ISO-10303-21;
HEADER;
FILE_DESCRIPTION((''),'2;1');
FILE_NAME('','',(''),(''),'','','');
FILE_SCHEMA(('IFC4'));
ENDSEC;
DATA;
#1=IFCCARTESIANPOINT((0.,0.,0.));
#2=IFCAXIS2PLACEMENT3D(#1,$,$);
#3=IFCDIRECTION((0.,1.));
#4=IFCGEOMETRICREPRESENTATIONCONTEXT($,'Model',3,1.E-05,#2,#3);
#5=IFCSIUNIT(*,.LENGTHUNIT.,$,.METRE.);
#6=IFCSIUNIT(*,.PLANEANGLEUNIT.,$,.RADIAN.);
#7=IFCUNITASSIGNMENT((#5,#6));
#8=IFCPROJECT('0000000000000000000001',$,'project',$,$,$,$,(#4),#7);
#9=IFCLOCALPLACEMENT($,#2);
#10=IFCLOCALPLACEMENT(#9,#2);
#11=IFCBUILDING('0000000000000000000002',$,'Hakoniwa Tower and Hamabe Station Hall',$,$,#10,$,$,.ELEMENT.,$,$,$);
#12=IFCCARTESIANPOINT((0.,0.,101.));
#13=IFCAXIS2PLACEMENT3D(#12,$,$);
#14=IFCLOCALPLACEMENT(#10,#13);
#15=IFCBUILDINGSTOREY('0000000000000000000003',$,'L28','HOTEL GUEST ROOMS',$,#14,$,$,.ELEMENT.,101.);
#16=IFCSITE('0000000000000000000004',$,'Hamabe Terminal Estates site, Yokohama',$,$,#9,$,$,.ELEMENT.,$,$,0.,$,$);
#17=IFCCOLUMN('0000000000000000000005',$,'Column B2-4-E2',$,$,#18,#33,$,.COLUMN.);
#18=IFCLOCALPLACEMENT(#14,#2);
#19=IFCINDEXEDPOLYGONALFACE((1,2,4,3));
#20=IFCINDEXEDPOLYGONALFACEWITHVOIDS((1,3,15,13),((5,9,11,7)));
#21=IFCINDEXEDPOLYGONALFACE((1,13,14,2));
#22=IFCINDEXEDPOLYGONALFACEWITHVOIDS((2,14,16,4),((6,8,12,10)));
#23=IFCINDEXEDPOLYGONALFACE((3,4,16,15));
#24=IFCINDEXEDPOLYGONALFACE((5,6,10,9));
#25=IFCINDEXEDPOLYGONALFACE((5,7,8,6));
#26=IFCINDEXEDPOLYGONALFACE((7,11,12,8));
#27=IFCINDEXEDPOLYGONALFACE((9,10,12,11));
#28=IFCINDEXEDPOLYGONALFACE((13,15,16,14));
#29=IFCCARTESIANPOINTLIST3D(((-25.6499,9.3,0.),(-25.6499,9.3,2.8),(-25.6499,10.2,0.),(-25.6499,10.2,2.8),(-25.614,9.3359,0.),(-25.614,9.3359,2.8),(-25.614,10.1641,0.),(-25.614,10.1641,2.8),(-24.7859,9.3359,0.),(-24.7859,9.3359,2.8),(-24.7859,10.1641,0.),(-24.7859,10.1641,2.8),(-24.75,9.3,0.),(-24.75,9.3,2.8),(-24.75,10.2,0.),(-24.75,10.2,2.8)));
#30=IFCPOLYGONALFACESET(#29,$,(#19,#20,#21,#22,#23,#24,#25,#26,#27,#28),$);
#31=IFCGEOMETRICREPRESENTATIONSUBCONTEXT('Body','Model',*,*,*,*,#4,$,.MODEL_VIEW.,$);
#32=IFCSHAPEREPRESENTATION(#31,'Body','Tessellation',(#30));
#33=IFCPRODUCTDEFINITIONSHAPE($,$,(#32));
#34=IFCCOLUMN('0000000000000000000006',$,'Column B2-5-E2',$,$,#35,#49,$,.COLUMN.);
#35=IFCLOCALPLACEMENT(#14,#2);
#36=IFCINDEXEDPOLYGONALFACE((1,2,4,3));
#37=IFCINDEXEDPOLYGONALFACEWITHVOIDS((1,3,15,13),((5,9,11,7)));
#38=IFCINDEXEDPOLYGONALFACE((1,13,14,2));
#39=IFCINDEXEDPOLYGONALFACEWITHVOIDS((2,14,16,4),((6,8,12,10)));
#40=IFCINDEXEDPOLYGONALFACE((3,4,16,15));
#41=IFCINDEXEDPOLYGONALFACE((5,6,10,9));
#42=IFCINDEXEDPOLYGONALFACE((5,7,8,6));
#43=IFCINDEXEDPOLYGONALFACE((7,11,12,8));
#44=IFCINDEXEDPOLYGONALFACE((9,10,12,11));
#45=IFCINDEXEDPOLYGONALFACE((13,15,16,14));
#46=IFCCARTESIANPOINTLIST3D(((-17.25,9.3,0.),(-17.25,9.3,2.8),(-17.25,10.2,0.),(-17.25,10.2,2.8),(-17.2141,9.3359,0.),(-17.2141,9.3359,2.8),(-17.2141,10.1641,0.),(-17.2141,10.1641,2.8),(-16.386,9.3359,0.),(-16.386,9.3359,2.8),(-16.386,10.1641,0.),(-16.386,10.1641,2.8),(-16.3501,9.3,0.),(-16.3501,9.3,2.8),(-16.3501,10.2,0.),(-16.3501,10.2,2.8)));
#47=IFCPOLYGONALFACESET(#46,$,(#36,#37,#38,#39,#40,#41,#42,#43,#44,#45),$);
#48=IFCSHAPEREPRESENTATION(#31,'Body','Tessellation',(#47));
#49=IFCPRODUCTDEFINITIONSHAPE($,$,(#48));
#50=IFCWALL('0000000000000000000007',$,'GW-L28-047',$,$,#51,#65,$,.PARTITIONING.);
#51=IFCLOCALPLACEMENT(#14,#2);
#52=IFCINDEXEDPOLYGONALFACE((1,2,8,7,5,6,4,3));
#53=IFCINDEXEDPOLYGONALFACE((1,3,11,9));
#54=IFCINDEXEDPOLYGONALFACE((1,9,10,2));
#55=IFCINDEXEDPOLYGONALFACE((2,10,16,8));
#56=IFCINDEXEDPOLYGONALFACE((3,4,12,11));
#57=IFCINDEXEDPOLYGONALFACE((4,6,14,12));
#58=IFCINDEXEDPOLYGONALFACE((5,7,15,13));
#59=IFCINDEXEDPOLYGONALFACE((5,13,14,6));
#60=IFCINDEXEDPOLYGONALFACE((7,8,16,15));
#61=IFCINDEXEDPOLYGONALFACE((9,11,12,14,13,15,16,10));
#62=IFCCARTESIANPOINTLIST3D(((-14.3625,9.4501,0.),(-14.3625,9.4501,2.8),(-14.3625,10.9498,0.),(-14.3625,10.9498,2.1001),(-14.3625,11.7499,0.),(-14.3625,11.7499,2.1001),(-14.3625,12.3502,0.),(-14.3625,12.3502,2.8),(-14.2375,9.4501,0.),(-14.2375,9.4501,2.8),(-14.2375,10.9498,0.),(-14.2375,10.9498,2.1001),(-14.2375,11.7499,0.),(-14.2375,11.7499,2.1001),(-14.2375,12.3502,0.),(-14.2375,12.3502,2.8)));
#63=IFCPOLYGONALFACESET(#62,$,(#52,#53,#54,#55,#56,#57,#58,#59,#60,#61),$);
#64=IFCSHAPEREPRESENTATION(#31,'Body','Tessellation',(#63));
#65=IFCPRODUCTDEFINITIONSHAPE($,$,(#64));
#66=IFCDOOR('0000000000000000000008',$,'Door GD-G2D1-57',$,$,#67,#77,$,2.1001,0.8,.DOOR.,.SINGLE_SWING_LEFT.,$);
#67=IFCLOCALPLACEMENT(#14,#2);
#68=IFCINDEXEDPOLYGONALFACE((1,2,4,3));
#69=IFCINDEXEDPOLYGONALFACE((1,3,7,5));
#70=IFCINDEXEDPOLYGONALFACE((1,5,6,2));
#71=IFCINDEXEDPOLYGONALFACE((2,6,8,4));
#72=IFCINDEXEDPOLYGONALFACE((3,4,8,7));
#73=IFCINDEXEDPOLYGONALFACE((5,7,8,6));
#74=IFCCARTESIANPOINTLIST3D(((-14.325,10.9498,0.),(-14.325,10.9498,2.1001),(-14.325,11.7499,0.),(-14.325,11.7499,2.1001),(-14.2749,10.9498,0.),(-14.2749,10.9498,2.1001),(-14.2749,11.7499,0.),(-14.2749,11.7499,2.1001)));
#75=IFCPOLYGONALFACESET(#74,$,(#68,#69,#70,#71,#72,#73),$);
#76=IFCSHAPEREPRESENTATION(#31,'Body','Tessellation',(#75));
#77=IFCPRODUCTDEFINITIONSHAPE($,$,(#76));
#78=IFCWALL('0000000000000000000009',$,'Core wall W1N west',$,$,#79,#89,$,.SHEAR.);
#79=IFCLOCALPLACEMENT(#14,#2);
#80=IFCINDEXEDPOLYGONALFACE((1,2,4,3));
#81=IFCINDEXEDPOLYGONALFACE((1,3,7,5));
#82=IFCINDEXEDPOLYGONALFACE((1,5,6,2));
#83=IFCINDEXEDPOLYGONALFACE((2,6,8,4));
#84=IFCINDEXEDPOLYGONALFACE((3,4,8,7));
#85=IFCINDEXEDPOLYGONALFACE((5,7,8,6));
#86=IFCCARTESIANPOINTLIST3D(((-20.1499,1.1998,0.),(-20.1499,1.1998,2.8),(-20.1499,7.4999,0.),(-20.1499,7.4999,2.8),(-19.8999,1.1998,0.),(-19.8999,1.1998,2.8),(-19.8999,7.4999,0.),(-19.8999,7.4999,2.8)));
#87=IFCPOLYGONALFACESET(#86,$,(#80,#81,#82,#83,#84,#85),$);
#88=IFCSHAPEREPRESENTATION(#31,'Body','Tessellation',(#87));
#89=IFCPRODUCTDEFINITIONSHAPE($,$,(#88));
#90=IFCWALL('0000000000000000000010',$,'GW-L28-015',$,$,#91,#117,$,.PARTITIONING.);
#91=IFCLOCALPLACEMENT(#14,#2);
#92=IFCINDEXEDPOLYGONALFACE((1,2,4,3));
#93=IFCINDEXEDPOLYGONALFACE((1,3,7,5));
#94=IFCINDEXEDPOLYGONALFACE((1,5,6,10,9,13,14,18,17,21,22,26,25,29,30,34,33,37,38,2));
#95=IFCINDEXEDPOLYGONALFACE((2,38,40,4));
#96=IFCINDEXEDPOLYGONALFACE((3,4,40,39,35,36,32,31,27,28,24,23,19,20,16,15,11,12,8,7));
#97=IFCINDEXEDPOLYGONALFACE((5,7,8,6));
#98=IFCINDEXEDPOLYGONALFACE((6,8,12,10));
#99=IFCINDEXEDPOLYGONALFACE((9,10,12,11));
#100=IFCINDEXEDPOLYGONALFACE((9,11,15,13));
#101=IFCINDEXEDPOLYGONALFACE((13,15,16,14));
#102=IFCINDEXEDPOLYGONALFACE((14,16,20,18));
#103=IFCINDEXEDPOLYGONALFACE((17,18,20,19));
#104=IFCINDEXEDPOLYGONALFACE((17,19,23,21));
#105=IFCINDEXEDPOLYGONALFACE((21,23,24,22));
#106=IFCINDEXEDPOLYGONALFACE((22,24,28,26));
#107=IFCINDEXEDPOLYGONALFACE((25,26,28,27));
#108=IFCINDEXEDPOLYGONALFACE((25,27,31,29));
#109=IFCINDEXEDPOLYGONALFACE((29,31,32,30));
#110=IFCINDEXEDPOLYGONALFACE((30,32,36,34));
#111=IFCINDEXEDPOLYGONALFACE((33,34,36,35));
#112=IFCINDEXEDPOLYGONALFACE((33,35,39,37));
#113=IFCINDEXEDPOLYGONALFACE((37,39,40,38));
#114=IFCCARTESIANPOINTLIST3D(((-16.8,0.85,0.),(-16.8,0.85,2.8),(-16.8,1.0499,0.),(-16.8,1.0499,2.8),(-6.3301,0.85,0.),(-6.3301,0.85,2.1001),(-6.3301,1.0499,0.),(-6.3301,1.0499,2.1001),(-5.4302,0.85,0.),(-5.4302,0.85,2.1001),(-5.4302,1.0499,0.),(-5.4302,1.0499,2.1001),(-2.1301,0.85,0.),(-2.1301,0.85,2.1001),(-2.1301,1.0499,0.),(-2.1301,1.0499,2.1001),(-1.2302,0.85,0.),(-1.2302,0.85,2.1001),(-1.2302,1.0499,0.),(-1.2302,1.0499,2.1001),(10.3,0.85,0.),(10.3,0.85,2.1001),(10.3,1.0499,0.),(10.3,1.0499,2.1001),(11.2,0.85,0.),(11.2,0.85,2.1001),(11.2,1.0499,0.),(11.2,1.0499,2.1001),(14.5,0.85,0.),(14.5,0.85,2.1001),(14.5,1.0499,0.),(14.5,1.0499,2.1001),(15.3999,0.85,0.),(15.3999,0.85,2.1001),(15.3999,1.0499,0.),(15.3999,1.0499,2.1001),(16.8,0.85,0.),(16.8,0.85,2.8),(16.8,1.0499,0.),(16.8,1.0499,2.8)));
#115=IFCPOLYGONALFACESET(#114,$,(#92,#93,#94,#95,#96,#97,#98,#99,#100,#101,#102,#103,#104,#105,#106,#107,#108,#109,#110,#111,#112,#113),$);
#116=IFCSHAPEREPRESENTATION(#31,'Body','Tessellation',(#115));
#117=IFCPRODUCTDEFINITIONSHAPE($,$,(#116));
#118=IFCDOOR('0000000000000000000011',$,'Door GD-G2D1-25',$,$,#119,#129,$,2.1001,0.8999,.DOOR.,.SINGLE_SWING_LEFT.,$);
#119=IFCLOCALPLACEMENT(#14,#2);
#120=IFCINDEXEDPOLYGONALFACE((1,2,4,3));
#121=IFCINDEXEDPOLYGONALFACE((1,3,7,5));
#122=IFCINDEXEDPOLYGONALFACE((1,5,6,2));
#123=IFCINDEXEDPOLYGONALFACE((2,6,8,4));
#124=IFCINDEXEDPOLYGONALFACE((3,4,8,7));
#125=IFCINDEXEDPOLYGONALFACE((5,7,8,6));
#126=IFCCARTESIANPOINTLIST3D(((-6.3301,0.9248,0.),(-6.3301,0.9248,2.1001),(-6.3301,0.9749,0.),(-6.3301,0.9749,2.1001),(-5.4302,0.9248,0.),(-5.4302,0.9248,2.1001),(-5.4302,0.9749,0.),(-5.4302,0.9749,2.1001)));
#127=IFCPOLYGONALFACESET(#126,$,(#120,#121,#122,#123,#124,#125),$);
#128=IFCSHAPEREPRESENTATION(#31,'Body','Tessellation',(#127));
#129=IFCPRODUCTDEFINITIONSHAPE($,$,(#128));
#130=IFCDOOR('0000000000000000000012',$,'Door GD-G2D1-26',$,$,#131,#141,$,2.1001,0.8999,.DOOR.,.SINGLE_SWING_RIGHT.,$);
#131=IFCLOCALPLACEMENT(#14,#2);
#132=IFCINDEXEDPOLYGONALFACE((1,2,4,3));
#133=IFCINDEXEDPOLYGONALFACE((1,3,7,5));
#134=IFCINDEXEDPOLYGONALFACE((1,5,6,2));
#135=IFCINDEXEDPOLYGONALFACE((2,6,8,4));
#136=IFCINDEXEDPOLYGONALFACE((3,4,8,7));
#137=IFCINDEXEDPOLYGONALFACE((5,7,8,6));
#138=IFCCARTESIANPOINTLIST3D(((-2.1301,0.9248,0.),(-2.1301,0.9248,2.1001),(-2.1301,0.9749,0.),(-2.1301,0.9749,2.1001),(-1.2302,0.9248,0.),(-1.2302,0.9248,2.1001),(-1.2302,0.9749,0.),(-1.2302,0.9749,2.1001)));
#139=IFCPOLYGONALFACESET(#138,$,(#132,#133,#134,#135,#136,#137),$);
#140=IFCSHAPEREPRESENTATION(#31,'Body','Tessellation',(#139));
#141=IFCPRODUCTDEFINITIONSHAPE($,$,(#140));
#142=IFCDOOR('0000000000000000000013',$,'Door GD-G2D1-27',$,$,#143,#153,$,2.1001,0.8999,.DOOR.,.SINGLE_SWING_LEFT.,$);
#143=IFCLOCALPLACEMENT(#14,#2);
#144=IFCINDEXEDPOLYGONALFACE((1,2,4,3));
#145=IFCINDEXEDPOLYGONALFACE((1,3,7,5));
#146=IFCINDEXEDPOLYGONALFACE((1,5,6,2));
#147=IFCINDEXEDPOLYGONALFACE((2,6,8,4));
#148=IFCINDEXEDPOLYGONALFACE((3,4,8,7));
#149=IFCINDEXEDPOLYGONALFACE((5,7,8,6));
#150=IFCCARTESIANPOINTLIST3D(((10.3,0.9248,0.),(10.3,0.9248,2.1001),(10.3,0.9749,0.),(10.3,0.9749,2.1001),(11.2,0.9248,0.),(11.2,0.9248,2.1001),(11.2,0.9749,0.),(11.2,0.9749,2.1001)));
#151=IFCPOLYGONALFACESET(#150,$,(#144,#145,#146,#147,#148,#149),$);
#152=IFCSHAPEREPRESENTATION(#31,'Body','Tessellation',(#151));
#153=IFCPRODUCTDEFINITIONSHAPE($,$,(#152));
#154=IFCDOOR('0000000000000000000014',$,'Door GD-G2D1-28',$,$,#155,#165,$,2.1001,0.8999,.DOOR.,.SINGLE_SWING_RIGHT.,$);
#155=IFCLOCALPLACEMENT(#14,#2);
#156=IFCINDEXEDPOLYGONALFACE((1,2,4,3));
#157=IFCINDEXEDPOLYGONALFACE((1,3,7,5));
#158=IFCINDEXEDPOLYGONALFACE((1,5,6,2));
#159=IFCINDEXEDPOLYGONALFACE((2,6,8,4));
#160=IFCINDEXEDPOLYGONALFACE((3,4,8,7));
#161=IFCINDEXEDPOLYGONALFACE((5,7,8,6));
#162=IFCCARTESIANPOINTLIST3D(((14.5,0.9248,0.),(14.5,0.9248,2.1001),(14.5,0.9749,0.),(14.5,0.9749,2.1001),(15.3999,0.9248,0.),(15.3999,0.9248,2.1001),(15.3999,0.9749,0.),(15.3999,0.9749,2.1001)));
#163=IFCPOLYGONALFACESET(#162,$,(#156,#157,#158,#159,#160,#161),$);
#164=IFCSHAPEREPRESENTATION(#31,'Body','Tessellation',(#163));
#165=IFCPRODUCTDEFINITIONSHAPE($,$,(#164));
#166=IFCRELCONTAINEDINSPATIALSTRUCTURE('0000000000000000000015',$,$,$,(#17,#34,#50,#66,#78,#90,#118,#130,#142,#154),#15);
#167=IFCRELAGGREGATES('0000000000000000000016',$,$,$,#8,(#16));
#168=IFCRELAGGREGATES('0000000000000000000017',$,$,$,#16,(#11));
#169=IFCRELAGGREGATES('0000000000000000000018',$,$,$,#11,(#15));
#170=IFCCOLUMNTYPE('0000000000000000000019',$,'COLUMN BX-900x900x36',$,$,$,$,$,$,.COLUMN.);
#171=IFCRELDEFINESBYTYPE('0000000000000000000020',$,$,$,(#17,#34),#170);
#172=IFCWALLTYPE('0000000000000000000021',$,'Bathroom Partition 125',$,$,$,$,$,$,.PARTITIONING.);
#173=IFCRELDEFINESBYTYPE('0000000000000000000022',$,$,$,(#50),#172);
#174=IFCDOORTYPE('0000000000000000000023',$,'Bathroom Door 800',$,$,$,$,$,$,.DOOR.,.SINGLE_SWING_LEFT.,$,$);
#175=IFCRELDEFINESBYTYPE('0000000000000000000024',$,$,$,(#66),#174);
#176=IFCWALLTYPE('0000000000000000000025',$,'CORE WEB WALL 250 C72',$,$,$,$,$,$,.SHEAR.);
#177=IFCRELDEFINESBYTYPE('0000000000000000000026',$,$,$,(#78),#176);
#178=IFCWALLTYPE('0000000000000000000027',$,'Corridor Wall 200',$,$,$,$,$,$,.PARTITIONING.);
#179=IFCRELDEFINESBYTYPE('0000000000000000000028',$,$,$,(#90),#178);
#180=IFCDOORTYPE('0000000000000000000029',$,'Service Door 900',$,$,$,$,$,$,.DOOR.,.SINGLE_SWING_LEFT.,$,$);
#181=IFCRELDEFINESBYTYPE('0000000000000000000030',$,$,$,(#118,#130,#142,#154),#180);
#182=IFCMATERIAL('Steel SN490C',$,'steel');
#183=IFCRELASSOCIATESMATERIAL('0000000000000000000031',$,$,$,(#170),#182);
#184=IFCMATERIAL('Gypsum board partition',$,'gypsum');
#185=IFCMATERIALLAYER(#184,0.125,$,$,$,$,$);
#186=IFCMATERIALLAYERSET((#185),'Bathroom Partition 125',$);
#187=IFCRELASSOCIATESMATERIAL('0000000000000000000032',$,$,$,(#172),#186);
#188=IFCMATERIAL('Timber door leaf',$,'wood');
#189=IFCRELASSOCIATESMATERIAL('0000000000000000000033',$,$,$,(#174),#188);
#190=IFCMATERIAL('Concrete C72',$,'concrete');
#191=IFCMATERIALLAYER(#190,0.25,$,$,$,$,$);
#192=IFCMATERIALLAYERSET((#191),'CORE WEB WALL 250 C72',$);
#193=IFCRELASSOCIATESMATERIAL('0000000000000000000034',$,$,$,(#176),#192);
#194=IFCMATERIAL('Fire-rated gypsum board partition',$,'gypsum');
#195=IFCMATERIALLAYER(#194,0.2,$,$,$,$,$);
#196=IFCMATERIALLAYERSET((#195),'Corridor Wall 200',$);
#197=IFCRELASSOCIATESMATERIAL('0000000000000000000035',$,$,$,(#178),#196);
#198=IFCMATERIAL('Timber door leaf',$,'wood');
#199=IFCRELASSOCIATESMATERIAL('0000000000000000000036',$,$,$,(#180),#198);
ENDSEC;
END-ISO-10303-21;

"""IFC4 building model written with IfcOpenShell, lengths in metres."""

from ifc_helpers import new_model, si_unit, direction, frame, frame_2d, origin, origin_2d, place, context, subcontext, project, spatial, rectangle, hollow_rectangle, extrude, material, layer, layer_set, material_profile, profile_set, type_object, element, fill, save


model = new_model("IFC4")

# Units and contexts
model_context = context("Model", 3, precision=1e-05, world=origin(), true_north=direction((0.0, 1.0)))
body_context = subcontext(model_context, "Body", "Model", "MODEL_VIEW")
ifc_project = project(units=[si_unit("LENGTHUNIT", "METRE"), si_unit("PLANEANGLEUNIT", "RADIAN")], contexts=[model_context])

# Site, building, storey
site_placement = place(None, origin())
site = spatial("IfcSite", under=ifc_project, at=site_placement, Name="Hamabe Terminal Estates site, Yokohama", CompositionType="ELEMENT", RefElevation=0.0)
building_placement = place(site_placement, origin())
building = spatial("IfcBuilding", under=site, at=building_placement, Name="Hakoniwa Tower and Hamabe Station Hall", CompositionType="ELEMENT")
storey_placement = place(building_placement, frame((0.0, 0.0, 101.0)))
storey = spatial("IfcBuildingStorey", under=building, at=storey_placement, Name="L28", Description="HOTEL GUEST ROOMS", CompositionType="ELEMENT", Elevation=101.0)

# Columns
ifc_material_1 = material(Name="Steel SN490C", Category="steel")
ifc_material_profile = material_profile(ifc_material_1, hollow_rectangle(XDim=0.8999, YDim=0.8999, WallThickness=0.0359, at=origin_2d()), Name="BX-900x900x36")
ifc_profile_set = profile_set([ifc_material_profile], Name="Steel SN490C")
column_type = type_object("IfcColumnType", Name="COLUMN BX-900x900x36", PredefinedType="COLUMN", material=ifc_profile_set)
for number, where, z_axis, x_axis, name in (
    (1, (-25.2, 9.75, 0.0), (0.0, 0.0, 1.0), (1.0, 0.0, 0.0), "Column B2-4-E2"),
    (2, (-16.8, 9.75, 0.0), (0.0, 0.0, 1.0), (1.0, 0.0, 0.0), "Column B2-5-E2"),
):
    element("IfcColumn", number, at=place(storey_placement, frame(where, z_axis=z_axis, x_axis=x_axis)), inside=storey, type_object=column_type, Name=name, PredefinedType="COLUMN", context=body_context, shape_type="SweptSolid", body=[
        extrude(hollow_rectangle(XDim=0.8999, YDim=0.8999, WallThickness=0.0359, at=origin_2d()), origin(), (0.0, 0.0, 1.0), 2.8),
    ])

# Wall, opening, door
ifc_material_2 = material(Name="Gypsum board partition", Category="gypsum")
ifc_layer_1 = layer(ifc_material_2, 0.125)
ifc_layer_set_1 = layer_set([ifc_layer_1], Name="Bathroom Partition 125")
wall_type_1 = type_object("IfcWallType", Name="Bathroom Partition 125", PredefinedType="PARTITIONING", material=ifc_layer_set_1)
wall_1_placement = place(storey_placement, frame((-14.3, 9.45, 0.0), z_axis=(0.0, 0.0, 1.0), x_axis=(0.0, 1.0, 0.0)))
wall_1 = element("IfcWall", 3, at=wall_1_placement, inside=storey, type_object=wall_type_1, Name="GW-L28-047", PredefinedType="PARTITIONING", context=body_context, shape_type="SweptSolid", body=[
    extrude(rectangle(XDim=2.9001, YDim=0.125, at=frame_2d((1.4502, 0.0))), origin(), (0.0, 0.0, 1.0), 2.8),
])
opening_1_placement = place(wall_1_placement, frame((1.5, 0.0, 0.0)))
opening_1 = element("IfcOpeningElement", 4, at=opening_1_placement, cuts=wall_1, PredefinedType="OPENING", context=body_context, shape_type="SweptSolid", body=[
    extrude(rectangle(XDim=0.8, YDim=2.1001, at=frame_2d((0.3999, 1.05))), frame((0.0, 0.0725, 0.0), z_axis=(0.0, -1.0, 0.0), x_axis=(1.0, 0.0, 0.0)), (0.0, 0.0, 1.0), 0.145),
])
ifc_material_3 = material(Name="Timber door leaf", Category="wood")
door_type_1 = type_object("IfcDoorType", Name="Bathroom Door 800", OperationType="SINGLE_SWING_LEFT", PredefinedType="DOOR", material=ifc_material_3)
door_1_placement = place(opening_1_placement, origin())
door_1 = element("IfcDoor", 5, at=door_1_placement, inside=storey, type_object=door_type_1, Name="Door GD-G2D1-57", OperationType="SINGLE_SWING_LEFT", OverallHeight=2.1001, OverallWidth=0.8, PredefinedType="DOOR", context=body_context, shape_type="SweptSolid", body=[
    extrude(rectangle(XDim=0.8, YDim=2.1001, at=frame_2d((0.3999, 1.05))), frame((0.0, 0.0249, 0.0), z_axis=(0.0, -1.0, 0.0), x_axis=(1.0, 0.0, 0.0)), (0.0, 0.0, 1.0), 0.05),
])
fill(opening_1, door_1)

# Wall
ifc_material_4 = material(Name="Concrete C72", Category="concrete")
ifc_layer_2 = layer(ifc_material_4, 0.25)
ifc_layer_set_2 = layer_set([ifc_layer_2], Name="CORE WEB WALL 250 C72")
wall_type_2 = type_object("IfcWallType", Name="CORE WEB WALL 250 C72", PredefinedType="SHEAR", material=ifc_layer_set_2)
wall_2_placement = place(storey_placement, frame((-20.0249, 1.2, 0.0), z_axis=(0.0, 0.0, 1.0), x_axis=(0.0, 1.0, 0.0)))
element("IfcWall", 6, at=wall_2_placement, inside=storey, type_object=wall_type_2, Name="Core wall W1N west", PredefinedType="SHEAR", context=body_context, shape_type="SweptSolid", body=[
    extrude(rectangle(XDim=6.3, YDim=0.25, at=frame_2d((3.1499, 0.0))), origin(), (0.0, 0.0, 1.0), 2.8),
])

# Wall, openings, doors
ifc_material_5 = material(Name="Fire-rated gypsum board partition", Category="gypsum")
ifc_layer_3 = layer(ifc_material_5, 0.2)
ifc_layer_set_3 = layer_set([ifc_layer_3], Name="Corridor Wall 200")
wall_type_3 = type_object("IfcWallType", Name="Corridor Wall 200", PredefinedType="PARTITIONING", material=ifc_layer_set_3)
wall_3_placement = place(storey_placement, frame((-16.8, 0.95, 0.0), z_axis=(0.0, 0.0, 1.0), x_axis=(1.0, 0.0, 0.0)))
wall_3 = element("IfcWall", 7, at=wall_3_placement, inside=storey, type_object=wall_type_3, Name="GW-L28-015", PredefinedType="PARTITIONING", context=body_context, shape_type="SweptSolid", body=[
    extrude(rectangle(XDim=33.6001, YDim=0.2, at=frame_2d((16.8, 0.0))), origin(), (0.0, 0.0, 1.0), 2.8),
])
opening_2_placement = place(wall_3_placement, frame((10.47, 0.0, 0.0)))
opening_2 = element("IfcOpeningElement", 8, at=opening_2_placement, cuts=wall_3, PredefinedType="OPENING", context=body_context, shape_type="SweptSolid", body=[
    extrude(rectangle(XDim=0.8999, YDim=2.1001, at=frame_2d((0.45, 1.05))), frame((0.0, 0.1099, 0.0), z_axis=(0.0, -1.0, 0.0), x_axis=(1.0, 0.0, 0.0)), (0.0, 0.0, 1.0), 0.22),
])
opening_3_placement = place(wall_3_placement, frame((14.6699, 0.0, 0.0)))
opening_3 = element("IfcOpeningElement", 9, at=opening_3_placement, cuts=wall_3, PredefinedType="OPENING", context=body_context, shape_type="SweptSolid", body=[
    extrude(rectangle(XDim=0.8999, YDim=2.1001, at=frame_2d((0.45, 1.05))), frame((0.0, 0.1099, 0.0), z_axis=(0.0, -1.0, 0.0), x_axis=(1.0, 0.0, 0.0)), (0.0, 0.0, 1.0), 0.22),
])
opening_4_placement = place(wall_3_placement, frame((27.1001, 0.0, 0.0)))
opening_4 = element("IfcOpeningElement", 10, at=opening_4_placement, cuts=wall_3, PredefinedType="OPENING", context=body_context, shape_type="SweptSolid", body=[
    extrude(rectangle(XDim=0.8999, YDim=2.1001, at=frame_2d((0.45, 1.05))), frame((0.0, 0.1099, 0.0), z_axis=(0.0, -1.0, 0.0), x_axis=(1.0, 0.0, 0.0)), (0.0, 0.0, 1.0), 0.22),
])
opening_5_placement = place(wall_3_placement, frame((31.3, 0.0, 0.0)))
opening_5 = element("IfcOpeningElement", 11, at=opening_5_placement, cuts=wall_3, PredefinedType="OPENING", context=body_context, shape_type="SweptSolid", body=[
    extrude(rectangle(XDim=0.8999, YDim=2.1001, at=frame_2d((0.45, 1.05))), frame((0.0, 0.1099, 0.0), z_axis=(0.0, -1.0, 0.0), x_axis=(1.0, 0.0, 0.0)), (0.0, 0.0, 1.0), 0.22),
])
ifc_material_6 = material(Name="Timber door leaf", Category="wood")
door_type_2 = type_object("IfcDoorType", Name="Service Door 900", OperationType="SINGLE_SWING_LEFT", PredefinedType="DOOR", material=ifc_material_6)
door_2_placement = place(opening_2_placement, origin())
door_2 = element("IfcDoor", 12, at=door_2_placement, inside=storey, type_object=door_type_2, Name="Door GD-G2D1-25", OperationType="SINGLE_SWING_LEFT", OverallHeight=2.1001, OverallWidth=0.8999, PredefinedType="DOOR", context=body_context, shape_type="SweptSolid", body=[
    extrude(rectangle(XDim=0.8999, YDim=2.1001, at=frame_2d((0.45, 1.05))), frame((0.0, 0.0249, 0.0), z_axis=(0.0, -1.0, 0.0), x_axis=(1.0, 0.0, 0.0)), (0.0, 0.0, 1.0), 0.05),
])
fill(opening_2, door_2)
door_3_placement = place(opening_3_placement, origin())
door_3 = element("IfcDoor", 13, at=door_3_placement, inside=storey, type_object=door_type_2, Name="Door GD-G2D1-26", OperationType="SINGLE_SWING_RIGHT", OverallHeight=2.1001, OverallWidth=0.8999, PredefinedType="DOOR", context=body_context, shape_type="SweptSolid", body=[
    extrude(rectangle(XDim=0.8999, YDim=2.1001, at=frame_2d((0.45, 1.05))), frame((0.0, 0.0249, 0.0), z_axis=(0.0, -1.0, 0.0), x_axis=(1.0, 0.0, 0.0)), (0.0, 0.0, 1.0), 0.05),
])
fill(opening_3, door_3)
door_4_placement = place(opening_4_placement, origin())
door_4 = element("IfcDoor", 14, at=door_4_placement, inside=storey, type_object=door_type_2, Name="Door GD-G2D1-27", OperationType="SINGLE_SWING_LEFT", OverallHeight=2.1001, OverallWidth=0.8999, PredefinedType="DOOR", context=body_context, shape_type="SweptSolid", body=[
    extrude(rectangle(XDim=0.8999, YDim=2.1001, at=frame_2d((0.45, 1.05))), frame((0.0, 0.0249, 0.0), z_axis=(0.0, -1.0, 0.0), x_axis=(1.0, 0.0, 0.0)), (0.0, 0.0, 1.0), 0.05),
])
fill(opening_4, door_4)
door_5_placement = place(opening_5_placement, origin())
door_5 = element("IfcDoor", 15, at=door_5_placement, inside=storey, type_object=door_type_2, Name="Door GD-G2D1-28", OperationType="SINGLE_SWING_RIGHT", OverallHeight=2.1001, OverallWidth=0.8999, PredefinedType="DOOR", context=body_context, shape_type="SweptSolid", body=[
    extrude(rectangle(XDim=0.8999, YDim=2.1001, at=frame_2d((0.45, 1.05))), frame((0.0, 0.0249, 0.0), z_axis=(0.0, -1.0, 0.0), x_axis=(1.0, 0.0, 0.0)), (0.0, 0.0, 1.0), 0.05),
])
fill(opening_5, door_5)

save(model, "model.ifc")
